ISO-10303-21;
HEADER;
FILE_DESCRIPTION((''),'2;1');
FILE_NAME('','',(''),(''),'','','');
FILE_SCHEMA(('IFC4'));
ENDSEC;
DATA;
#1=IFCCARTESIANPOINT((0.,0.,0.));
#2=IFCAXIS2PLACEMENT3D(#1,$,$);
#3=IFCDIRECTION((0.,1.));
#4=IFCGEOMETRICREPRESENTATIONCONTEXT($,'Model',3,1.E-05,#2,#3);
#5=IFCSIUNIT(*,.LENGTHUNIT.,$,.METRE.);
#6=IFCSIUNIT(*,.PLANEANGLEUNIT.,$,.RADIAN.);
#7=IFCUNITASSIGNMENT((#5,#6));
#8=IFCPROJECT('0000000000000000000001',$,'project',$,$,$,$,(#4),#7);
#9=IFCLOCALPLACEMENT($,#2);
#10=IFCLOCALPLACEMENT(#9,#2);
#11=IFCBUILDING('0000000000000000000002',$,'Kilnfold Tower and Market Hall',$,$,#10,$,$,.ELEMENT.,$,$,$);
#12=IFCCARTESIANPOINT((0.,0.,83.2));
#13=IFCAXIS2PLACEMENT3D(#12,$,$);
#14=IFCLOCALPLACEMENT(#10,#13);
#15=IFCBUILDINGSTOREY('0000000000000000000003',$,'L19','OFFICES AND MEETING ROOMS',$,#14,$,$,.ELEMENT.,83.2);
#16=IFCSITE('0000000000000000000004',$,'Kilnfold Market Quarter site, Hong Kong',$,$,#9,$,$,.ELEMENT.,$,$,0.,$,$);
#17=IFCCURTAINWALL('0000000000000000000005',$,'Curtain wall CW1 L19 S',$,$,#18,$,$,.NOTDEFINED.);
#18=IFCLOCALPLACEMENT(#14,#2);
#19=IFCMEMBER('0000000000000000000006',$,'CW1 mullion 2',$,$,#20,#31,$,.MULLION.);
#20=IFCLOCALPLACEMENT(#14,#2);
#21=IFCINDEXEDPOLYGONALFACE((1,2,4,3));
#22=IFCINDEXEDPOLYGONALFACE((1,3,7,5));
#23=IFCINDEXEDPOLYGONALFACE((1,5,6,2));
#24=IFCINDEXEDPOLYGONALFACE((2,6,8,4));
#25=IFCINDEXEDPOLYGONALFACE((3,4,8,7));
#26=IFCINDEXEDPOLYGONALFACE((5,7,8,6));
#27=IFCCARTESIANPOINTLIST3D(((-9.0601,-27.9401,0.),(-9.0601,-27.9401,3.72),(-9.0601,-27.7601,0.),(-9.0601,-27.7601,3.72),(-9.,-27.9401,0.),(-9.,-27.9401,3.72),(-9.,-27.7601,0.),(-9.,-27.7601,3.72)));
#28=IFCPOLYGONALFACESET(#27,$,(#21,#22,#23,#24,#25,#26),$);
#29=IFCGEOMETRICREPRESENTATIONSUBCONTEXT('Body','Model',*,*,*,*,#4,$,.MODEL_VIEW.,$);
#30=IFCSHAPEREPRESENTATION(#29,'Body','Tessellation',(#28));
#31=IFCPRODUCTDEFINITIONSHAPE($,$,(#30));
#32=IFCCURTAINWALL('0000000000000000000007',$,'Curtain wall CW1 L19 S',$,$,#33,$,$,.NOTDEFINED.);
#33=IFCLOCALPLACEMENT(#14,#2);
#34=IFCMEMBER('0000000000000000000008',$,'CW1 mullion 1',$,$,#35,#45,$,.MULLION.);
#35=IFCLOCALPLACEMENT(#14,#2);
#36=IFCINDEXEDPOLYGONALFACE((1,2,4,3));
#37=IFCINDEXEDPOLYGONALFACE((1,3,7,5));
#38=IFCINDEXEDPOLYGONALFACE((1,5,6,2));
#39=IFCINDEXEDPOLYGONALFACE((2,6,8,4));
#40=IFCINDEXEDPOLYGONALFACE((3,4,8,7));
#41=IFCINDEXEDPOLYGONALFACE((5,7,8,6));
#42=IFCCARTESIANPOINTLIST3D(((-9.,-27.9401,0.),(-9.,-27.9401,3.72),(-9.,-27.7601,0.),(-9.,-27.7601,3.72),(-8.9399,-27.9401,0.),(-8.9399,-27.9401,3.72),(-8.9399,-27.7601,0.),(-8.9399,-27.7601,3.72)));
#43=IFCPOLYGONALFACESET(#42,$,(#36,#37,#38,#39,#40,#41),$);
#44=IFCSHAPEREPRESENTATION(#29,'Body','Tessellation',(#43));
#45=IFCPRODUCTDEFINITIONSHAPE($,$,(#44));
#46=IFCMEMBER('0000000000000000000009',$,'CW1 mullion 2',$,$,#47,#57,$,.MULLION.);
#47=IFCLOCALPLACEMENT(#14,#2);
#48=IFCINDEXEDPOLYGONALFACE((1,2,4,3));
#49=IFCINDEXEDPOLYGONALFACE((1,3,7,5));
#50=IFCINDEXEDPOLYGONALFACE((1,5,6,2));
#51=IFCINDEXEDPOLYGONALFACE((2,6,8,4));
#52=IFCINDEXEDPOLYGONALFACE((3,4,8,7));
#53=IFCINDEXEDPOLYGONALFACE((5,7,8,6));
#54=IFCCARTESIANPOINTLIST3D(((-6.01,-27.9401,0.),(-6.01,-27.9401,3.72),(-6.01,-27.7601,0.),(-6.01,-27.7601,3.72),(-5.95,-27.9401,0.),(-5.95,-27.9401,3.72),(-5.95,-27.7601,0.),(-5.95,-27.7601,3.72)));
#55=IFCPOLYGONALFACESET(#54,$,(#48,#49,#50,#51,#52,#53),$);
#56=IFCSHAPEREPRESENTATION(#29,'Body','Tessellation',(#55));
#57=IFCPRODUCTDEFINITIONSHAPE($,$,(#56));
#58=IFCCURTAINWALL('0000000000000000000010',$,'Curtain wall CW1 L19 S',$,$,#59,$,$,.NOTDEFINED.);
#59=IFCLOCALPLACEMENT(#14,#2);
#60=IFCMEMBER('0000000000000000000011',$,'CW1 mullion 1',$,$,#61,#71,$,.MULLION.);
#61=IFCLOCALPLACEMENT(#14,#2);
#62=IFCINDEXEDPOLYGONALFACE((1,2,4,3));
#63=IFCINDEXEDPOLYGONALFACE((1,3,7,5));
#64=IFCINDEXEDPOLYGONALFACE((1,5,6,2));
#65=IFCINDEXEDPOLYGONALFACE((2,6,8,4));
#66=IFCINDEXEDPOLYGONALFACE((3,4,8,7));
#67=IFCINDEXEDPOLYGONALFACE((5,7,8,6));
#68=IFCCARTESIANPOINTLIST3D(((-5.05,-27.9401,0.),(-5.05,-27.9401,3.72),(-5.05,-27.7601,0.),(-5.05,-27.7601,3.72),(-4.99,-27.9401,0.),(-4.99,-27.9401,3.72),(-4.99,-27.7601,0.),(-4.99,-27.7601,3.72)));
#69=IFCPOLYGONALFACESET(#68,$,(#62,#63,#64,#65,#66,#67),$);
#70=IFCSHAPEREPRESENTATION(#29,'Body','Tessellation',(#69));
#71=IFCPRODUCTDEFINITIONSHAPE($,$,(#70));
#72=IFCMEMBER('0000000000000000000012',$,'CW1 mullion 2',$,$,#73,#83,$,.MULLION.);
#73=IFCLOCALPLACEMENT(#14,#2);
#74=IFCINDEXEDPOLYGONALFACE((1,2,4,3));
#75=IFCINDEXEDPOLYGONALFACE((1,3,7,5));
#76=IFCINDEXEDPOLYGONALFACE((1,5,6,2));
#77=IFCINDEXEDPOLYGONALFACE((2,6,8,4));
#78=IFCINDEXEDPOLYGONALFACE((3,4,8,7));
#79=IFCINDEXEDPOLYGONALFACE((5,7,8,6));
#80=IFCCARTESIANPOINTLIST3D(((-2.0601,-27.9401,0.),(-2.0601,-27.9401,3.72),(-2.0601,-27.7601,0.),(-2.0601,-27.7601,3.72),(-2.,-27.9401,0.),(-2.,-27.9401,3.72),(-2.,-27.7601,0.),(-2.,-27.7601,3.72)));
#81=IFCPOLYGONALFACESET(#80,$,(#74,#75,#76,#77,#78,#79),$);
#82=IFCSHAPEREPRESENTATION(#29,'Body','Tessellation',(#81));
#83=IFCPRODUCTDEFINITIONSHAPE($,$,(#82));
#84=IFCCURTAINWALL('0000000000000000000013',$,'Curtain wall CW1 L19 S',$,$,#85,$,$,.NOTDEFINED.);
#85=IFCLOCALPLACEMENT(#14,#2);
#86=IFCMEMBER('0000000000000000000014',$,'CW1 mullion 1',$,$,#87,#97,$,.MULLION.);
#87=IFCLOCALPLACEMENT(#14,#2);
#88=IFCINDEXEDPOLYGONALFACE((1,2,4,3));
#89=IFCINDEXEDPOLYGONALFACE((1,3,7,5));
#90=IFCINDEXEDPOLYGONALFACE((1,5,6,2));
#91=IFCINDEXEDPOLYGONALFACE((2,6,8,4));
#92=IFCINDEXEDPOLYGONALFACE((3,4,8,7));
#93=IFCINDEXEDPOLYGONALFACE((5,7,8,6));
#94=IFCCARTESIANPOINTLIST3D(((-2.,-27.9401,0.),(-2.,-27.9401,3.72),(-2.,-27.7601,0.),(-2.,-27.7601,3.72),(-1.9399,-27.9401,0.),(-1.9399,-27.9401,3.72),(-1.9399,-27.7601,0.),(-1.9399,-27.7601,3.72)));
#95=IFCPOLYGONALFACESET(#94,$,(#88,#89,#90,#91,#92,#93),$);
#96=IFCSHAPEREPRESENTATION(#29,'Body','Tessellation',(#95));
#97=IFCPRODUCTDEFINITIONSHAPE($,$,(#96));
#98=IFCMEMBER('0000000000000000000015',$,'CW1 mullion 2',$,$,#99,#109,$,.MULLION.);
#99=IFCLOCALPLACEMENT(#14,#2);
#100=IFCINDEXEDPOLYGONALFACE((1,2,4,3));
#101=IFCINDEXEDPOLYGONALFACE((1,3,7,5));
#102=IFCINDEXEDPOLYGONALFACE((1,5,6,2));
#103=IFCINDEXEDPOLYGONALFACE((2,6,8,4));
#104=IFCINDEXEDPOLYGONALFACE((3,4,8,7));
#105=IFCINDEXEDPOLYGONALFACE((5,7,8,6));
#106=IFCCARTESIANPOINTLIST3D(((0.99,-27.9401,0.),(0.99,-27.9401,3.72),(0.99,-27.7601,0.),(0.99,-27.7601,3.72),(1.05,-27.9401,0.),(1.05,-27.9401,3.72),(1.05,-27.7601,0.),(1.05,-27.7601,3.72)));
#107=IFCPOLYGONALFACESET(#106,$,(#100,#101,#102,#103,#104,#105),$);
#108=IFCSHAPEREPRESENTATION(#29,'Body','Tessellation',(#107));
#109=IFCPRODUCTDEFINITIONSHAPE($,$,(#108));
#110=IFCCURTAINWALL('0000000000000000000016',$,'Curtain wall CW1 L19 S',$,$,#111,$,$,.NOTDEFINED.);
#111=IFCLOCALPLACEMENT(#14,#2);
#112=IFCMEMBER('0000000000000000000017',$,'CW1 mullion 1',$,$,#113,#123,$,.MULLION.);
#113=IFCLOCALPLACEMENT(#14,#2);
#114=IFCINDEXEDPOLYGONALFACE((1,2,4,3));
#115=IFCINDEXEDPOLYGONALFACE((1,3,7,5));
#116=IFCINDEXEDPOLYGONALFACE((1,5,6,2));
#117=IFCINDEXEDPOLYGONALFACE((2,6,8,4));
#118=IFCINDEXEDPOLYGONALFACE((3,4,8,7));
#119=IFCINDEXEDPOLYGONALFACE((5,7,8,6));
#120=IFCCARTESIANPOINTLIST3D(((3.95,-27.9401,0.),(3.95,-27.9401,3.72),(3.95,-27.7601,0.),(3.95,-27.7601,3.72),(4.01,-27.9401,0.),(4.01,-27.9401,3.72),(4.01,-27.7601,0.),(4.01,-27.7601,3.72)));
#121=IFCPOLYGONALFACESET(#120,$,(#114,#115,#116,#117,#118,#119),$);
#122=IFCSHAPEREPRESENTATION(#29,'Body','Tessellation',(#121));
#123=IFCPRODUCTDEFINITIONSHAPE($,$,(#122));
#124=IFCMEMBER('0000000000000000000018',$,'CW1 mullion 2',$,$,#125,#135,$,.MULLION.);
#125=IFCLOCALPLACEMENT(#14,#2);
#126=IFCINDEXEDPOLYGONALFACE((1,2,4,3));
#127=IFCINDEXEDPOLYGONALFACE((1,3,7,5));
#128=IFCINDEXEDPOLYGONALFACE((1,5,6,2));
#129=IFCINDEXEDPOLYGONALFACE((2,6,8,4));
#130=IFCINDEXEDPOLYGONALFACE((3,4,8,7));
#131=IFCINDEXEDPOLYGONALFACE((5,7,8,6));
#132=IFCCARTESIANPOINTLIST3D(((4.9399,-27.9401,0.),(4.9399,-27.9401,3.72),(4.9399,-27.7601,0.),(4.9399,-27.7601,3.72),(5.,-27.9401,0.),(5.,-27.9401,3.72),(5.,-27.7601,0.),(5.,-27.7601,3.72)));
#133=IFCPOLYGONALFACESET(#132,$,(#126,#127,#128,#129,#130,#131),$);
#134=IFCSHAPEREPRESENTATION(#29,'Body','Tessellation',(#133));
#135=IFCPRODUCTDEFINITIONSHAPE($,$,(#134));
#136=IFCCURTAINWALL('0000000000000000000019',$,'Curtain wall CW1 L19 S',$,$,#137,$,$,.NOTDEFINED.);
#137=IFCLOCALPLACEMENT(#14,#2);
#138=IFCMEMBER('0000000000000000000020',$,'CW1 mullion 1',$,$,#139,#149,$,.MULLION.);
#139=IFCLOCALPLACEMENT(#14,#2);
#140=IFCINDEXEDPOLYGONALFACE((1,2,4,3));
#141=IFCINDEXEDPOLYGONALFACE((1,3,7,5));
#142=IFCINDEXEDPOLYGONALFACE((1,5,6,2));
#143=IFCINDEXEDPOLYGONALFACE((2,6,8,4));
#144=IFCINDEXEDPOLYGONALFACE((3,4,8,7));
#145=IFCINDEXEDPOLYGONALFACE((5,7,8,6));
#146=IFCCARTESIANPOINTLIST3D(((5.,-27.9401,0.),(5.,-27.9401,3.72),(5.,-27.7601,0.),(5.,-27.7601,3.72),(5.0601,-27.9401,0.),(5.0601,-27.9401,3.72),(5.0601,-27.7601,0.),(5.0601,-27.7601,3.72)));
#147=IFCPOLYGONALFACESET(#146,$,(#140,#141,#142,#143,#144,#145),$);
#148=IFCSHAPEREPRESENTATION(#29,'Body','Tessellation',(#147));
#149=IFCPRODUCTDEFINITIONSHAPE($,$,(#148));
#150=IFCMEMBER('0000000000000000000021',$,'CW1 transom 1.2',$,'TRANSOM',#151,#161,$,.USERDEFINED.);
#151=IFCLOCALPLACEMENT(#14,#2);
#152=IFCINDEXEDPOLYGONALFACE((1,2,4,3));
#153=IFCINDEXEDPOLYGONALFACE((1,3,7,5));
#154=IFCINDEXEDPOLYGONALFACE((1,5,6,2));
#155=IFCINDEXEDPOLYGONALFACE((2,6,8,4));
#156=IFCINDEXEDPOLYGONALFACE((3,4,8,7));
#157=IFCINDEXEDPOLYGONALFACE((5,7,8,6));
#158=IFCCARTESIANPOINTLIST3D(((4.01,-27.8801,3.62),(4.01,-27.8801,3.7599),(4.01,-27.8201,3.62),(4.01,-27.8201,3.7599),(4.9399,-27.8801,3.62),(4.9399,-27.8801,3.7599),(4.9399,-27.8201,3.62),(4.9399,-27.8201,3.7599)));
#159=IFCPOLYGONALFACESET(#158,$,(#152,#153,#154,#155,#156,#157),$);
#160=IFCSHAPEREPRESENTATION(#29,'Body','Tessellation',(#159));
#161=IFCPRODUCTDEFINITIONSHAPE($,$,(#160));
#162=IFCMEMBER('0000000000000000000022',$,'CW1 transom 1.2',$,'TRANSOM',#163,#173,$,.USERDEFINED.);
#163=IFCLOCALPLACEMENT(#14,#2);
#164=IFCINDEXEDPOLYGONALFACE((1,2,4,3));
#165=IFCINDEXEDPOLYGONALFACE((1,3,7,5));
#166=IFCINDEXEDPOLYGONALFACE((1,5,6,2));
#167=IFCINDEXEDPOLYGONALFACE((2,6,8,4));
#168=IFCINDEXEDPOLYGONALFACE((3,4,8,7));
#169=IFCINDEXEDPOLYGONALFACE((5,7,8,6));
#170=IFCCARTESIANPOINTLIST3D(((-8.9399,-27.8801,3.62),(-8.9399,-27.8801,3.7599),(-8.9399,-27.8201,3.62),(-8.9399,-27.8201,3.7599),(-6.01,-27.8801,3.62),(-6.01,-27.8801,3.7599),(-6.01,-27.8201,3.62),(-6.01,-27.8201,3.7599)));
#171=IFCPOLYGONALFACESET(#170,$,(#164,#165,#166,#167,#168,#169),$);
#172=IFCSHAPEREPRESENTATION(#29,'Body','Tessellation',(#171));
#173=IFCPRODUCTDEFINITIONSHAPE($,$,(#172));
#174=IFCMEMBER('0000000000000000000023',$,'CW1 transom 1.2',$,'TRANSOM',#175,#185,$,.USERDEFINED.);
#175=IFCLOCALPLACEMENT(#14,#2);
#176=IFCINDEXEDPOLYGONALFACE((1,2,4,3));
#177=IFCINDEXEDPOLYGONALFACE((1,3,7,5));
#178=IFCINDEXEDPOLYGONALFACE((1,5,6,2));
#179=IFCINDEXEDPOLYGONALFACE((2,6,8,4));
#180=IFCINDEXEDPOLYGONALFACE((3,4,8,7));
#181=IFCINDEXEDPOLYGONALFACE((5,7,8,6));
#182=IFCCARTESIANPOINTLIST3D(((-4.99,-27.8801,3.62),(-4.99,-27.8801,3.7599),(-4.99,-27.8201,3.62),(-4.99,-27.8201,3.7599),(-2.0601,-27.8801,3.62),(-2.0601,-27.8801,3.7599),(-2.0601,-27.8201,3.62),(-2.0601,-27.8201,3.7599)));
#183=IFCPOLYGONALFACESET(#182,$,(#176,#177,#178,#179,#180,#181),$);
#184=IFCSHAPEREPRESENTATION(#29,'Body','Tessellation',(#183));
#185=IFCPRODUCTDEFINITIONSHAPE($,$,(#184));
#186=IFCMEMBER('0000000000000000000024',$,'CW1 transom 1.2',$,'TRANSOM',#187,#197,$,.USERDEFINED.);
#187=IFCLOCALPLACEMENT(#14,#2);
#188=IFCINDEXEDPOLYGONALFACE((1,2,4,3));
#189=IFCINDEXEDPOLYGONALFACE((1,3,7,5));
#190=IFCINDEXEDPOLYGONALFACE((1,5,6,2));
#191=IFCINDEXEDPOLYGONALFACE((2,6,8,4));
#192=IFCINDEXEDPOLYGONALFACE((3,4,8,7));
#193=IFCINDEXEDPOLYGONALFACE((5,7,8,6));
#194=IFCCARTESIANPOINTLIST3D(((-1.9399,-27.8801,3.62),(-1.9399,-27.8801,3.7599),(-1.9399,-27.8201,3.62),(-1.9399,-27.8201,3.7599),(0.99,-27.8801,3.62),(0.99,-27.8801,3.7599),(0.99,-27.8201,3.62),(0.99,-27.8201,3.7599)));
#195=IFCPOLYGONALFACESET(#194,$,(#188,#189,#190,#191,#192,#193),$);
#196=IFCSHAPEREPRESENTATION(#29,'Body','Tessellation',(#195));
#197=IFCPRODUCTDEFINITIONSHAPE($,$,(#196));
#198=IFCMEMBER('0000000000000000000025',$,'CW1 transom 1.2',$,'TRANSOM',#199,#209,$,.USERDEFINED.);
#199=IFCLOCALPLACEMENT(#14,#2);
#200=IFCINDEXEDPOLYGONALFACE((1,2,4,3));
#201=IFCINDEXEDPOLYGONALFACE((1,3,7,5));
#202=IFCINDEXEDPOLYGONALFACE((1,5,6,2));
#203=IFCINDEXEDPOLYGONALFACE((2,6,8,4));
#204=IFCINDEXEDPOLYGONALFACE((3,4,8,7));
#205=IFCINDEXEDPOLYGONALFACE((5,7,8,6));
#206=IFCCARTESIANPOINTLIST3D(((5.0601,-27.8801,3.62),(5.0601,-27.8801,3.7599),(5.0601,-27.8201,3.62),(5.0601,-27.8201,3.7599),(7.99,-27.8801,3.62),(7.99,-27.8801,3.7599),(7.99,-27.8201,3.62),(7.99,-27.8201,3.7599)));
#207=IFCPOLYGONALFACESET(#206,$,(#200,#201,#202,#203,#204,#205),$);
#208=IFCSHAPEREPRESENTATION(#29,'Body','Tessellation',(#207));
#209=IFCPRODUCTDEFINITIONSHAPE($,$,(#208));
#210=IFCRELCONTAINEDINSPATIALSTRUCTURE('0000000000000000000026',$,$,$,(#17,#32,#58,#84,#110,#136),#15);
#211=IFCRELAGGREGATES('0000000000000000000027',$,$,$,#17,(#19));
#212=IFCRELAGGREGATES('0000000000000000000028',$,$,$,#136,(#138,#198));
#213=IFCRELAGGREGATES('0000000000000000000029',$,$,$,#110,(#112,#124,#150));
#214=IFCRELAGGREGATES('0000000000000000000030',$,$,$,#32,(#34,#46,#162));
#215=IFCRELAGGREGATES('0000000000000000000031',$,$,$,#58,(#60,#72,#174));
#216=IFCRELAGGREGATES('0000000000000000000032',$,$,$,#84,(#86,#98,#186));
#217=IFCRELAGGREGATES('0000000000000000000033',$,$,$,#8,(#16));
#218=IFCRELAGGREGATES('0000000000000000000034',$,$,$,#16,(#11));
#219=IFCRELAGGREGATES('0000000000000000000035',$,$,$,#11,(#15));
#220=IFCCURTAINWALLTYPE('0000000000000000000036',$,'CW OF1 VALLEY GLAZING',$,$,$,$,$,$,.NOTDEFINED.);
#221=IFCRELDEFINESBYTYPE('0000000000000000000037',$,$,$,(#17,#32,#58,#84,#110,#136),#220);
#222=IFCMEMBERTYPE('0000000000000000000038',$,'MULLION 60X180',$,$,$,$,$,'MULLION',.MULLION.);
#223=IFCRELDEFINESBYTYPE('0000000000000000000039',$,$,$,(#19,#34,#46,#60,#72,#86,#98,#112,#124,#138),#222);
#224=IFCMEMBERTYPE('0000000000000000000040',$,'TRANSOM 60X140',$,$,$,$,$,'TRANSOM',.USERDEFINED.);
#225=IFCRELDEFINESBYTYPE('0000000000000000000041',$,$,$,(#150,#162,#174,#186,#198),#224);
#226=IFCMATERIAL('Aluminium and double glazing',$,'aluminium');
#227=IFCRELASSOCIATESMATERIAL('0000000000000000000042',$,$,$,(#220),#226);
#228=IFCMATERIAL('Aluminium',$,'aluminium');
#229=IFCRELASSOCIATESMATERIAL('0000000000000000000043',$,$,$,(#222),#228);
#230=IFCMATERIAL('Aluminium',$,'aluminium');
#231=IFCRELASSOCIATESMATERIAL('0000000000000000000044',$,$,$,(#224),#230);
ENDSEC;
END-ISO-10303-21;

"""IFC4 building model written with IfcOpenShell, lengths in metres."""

from ifc_helpers import new_model, si_unit, direction, frame, origin, origin_2d, place, context, subcontext, project, spatial, rectangle, extrude, source, transform, mapped, material, material_profile, profile_set, type_object, element, aggregate, save


model = new_model("IFC4")

# Units and contexts
model_context = context("Model", 3, precision=1e-05, world=origin(), true_north=direction((0.0, 1.0)))
body_context = subcontext(model_context, "Body", "Model", "MODEL_VIEW")
ifc_project = project(units=[si_unit("LENGTHUNIT", "METRE"), si_unit("PLANEANGLEUNIT", "RADIAN")], contexts=[model_context])

# Site, building, storey
site_placement = place(None, origin())
site = spatial("IfcSite", under=ifc_project, at=site_placement, Name="Kilnfold Market Quarter site, Hong Kong", CompositionType="ELEMENT", RefElevation=0.0)
building_placement = place(site_placement, origin())
building = spatial("IfcBuilding", under=site, at=building_placement, Name="Kilnfold Tower and Market Hall", CompositionType="ELEMENT")
storey_placement = place(building_placement, frame((0.0, 0.0, 83.2)))
storey = spatial("IfcBuildingStorey", under=building, at=storey_placement, Name="L19", Description="OFFICES AND MEETING ROOMS", CompositionType="ELEMENT", Elevation=83.2)

# Curtain wall, member
ifc_material_1 = material(Name="Aluminium and double glazing", Category="aluminium")
curtain_wall_type = type_object("IfcCurtainWallType", Name="CW OF1 VALLEY GLAZING", PredefinedType="NOTDEFINED", material=ifc_material_1)
curtain_wall_1_placement = place(storey_placement, origin())
curtain_wall_1 = element("IfcCurtainWall", 1, at=curtain_wall_1_placement, inside=storey, type_object=curtain_wall_type, Name="Curtain wall CW1 L19 S", PredefinedType="NOTDEFINED")
ifc_material_2 = material(Name="Aluminium", Category="aluminium")
ifc_material_profile_1 = material_profile(ifc_material_2, rectangle(XDim=0.0601, YDim=0.1799, at=origin_2d()), Name="MULLION 60x180")
ifc_profile_set_1 = profile_set([ifc_material_profile_1], Name="Aluminium")
member_type_1 = type_object("IfcMemberType", Name="MULLION 60X180", ElementType="MULLION", PredefinedType="MULLION", material=ifc_profile_set_1)
shared_shape_1 = source(origin(), body_context, "Body", "SweptSolid", [
    extrude(rectangle(XDim=0.0601, YDim=0.1799, at=origin_2d()), origin(), (0.0, 0.0, 1.0), 3.72),
])
member_1_placement = place(storey_placement, frame((-9.03, -27.8501, 0.0), z_axis=(0.0, 0.0, 1.0), x_axis=(1.0, 0.0, 0.0)))
member_1 = element("IfcMember", 2, at=member_1_placement, type_object=member_type_1, Name="CW1 mullion 2", PredefinedType="MULLION", context=body_context, shape_type="MappedRepresentation", body=[
    mapped(shared_shape_1, transform((0.0, 0.0, 0.0))),
])
aggregate(curtain_wall_1, [member_1])

# Curtain walls, members
curtain_wall_2_placement = place(storey_placement, origin())
curtain_wall_2 = element("IfcCurtainWall", 3, at=curtain_wall_2_placement, inside=storey, type_object=curtain_wall_type, Name="Curtain wall CW1 L19 S", PredefinedType="NOTDEFINED")
member_2_placement = place(storey_placement, frame((-8.97, -27.8501, 0.0), z_axis=(0.0, 0.0, 1.0), x_axis=(1.0, 0.0, 0.0)))
member_2 = element("IfcMember", 4, at=member_2_placement, type_object=member_type_1, Name="CW1 mullion 1", PredefinedType="MULLION", context=body_context, shape_type="MappedRepresentation", body=[
    mapped(shared_shape_1, transform((0.0, 0.0, 0.0))),
])
member_3_placement = place(storey_placement, frame((-5.98, -27.8501, 0.0), z_axis=(0.0, 0.0, 1.0), x_axis=(1.0, 0.0, 0.0)))
member_3 = element("IfcMember", 5, at=member_3_placement, type_object=member_type_1, Name="CW1 mullion 2", PredefinedType="MULLION", context=body_context, shape_type="MappedRepresentation", body=[
    mapped(shared_shape_1, transform((0.0, 0.0, 0.0))),
])
curtain_wall_3_placement = place(storey_placement, origin())
curtain_wall_3 = element("IfcCurtainWall", 6, at=curtain_wall_3_placement, inside=storey, type_object=curtain_wall_type, Name="Curtain wall CW1 L19 S", PredefinedType="NOTDEFINED")
member_4_placement = place(storey_placement, frame((-5.02, -27.8501, 0.0), z_axis=(0.0, 0.0, 1.0), x_axis=(1.0, 0.0, 0.0)))
member_4 = element("IfcMember", 7, at=member_4_placement, type_object=member_type_1, Name="CW1 mullion 1", PredefinedType="MULLION", context=body_context, shape_type="MappedRepresentation", body=[
    mapped(shared_shape_1, transform((0.0, 0.0, 0.0))),
])
member_5_placement = place(storey_placement, frame((-2.03, -27.8501, 0.0), z_axis=(0.0, 0.0, 1.0), x_axis=(1.0, 0.0, 0.0)))
member_5 = element("IfcMember", 8, at=member_5_placement, type_object=member_type_1, Name="CW1 mullion 2", PredefinedType="MULLION", context=body_context, shape_type="MappedRepresentation", body=[
    mapped(shared_shape_1, transform((0.0, 0.0, 0.0))),
])
curtain_wall_4_placement = place(storey_placement, origin())
curtain_wall_4 = element("IfcCurtainWall", 9, at=curtain_wall_4_placement, inside=storey, type_object=curtain_wall_type, Name="Curtain wall CW1 L19 S", PredefinedType="NOTDEFINED")
member_6_placement = place(storey_placement, frame((-1.97, -27.8501, 0.0), z_axis=(0.0, 0.0, 1.0), x_axis=(1.0, 0.0, 0.0)))
member_6 = element("IfcMember", 10, at=member_6_placement, type_object=member_type_1, Name="CW1 mullion 1", PredefinedType="MULLION", context=body_context, shape_type="MappedRepresentation", body=[
    mapped(shared_shape_1, transform((0.0, 0.0, 0.0))),
])
member_7_placement = place(storey_placement, frame((1.02, -27.8501, 0.0), z_axis=(0.0, 0.0, 1.0), x_axis=(1.0, 0.0, 0.0)))
member_7 = element("IfcMember", 11, at=member_7_placement, type_object=member_type_1, Name="CW1 mullion 2", PredefinedType="MULLION", context=body_context, shape_type="MappedRepresentation", body=[
    mapped(shared_shape_1, transform((0.0, 0.0, 0.0))),
])
curtain_wall_5_placement = place(storey_placement, origin())
curtain_wall_5 = element("IfcCurtainWall", 12, at=curtain_wall_5_placement, inside=storey, type_object=curtain_wall_type, Name="Curtain wall CW1 L19 S", PredefinedType="NOTDEFINED")
member_8_placement = place(storey_placement, frame((3.98, -27.8501, 0.0), z_axis=(0.0, 0.0, 1.0), x_axis=(1.0, 0.0, 0.0)))
member_8 = element("IfcMember", 13, at=member_8_placement, type_object=member_type_1, Name="CW1 mullion 1", PredefinedType="MULLION", context=body_context, shape_type="MappedRepresentation", body=[
    mapped(shared_shape_1, transform((0.0, 0.0, 0.0))),
])
member_9_placement = place(storey_placement, frame((4.97, -27.8501, 0.0), z_axis=(0.0, 0.0, 1.0), x_axis=(1.0, 0.0, 0.0)))
member_9 = element("IfcMember", 14, at=member_9_placement, type_object=member_type_1, Name="CW1 mullion 2", PredefinedType="MULLION", context=body_context, shape_type="MappedRepresentation", body=[
    mapped(shared_shape_1, transform((0.0, 0.0, 0.0))),
])

# Curtain wall, member
curtain_wall_6_placement = place(storey_placement, origin())
curtain_wall_6 = element("IfcCurtainWall", 15, at=curtain_wall_6_placement, inside=storey, type_object=curtain_wall_type, Name="Curtain wall CW1 L19 S", PredefinedType="NOTDEFINED")
member_10_placement = place(storey_placement, frame((5.03, -27.8501, 0.0), z_axis=(0.0, 0.0, 1.0), x_axis=(1.0, 0.0, 0.0)))
member_10 = element("IfcMember", 16, at=member_10_placement, type_object=member_type_1, Name="CW1 mullion 1", PredefinedType="MULLION", context=body_context, shape_type="MappedRepresentation", body=[
    mapped(shared_shape_1, transform((0.0, 0.0, 0.0))),
])

# Members
ifc_material_3 = material(Name="Aluminium", Category="aluminium")
ifc_material_profile_2 = material_profile(ifc_material_3, rectangle(XDim=0.0601, YDim=0.1399, at=origin_2d()), Name="TRANSOM 60x140")
ifc_profile_set_2 = profile_set([ifc_material_profile_2], Name="Aluminium")
member_type_2 = type_object("IfcMemberType", Name="TRANSOM 60X140", ElementType="TRANSOM", PredefinedType="USERDEFINED", material=ifc_profile_set_2)
shared_shape_2 = source(origin(), body_context, "Body", "SweptSolid", [
    extrude(rectangle(XDim=0.0601, YDim=0.1399, at=origin_2d()), origin(), (0.0, 0.0, 1.0), 0.9299),
])
member_11_placement = place(storey_placement, frame((4.01, -27.8501, 3.6899), z_axis=(1.0, 0.0, 0.0), x_axis=(0.0, 1.0, 0.0)))
member_11 = element("IfcMember", 17, at=member_11_placement, type_object=member_type_2, Name="CW1 transom 1.2", ObjectType="TRANSOM", PredefinedType="USERDEFINED", context=body_context, shape_type="MappedRepresentation", body=[
    mapped(shared_shape_2, transform((0.0, 0.0, 0.0))),
])
shared_shape_3 = source(origin(), body_context, "Body", "SweptSolid", [
    extrude(rectangle(XDim=0.0601, YDim=0.1399, at=origin_2d()), origin(), (0.0, 0.0, 1.0), 2.9299),
])
member_12_placement = place(storey_placement, frame((-8.9399, -27.8501, 3.6899), z_axis=(1.0, 0.0, 0.0), x_axis=(0.0, 1.0, 0.0)))
member_12 = element("IfcMember", 18, at=member_12_placement, type_object=member_type_2, Name="CW1 transom 1.2", ObjectType="TRANSOM", PredefinedType="USERDEFINED", context=body_context, shape_type="MappedRepresentation", body=[
    mapped(shared_shape_3, transform((0.0, 0.0, 0.0))),
])
member_13_placement = place(storey_placement, frame((-4.99, -27.8501, 3.6899), z_axis=(1.0, 0.0, 0.0), x_axis=(0.0, 1.0, 0.0)))
member_13 = element("IfcMember", 19, at=member_13_placement, type_object=member_type_2, Name="CW1 transom 1.2", ObjectType="TRANSOM", PredefinedType="USERDEFINED", context=body_context, shape_type="MappedRepresentation", body=[
    mapped(shared_shape_3, transform((0.0, 0.0, 0.0))),
])
member_14_placement = place(storey_placement, frame((-1.9399, -27.8501, 3.6899), z_axis=(1.0, 0.0, 0.0), x_axis=(0.0, 1.0, 0.0)))
member_14 = element("IfcMember", 20, at=member_14_placement, type_object=member_type_2, Name="CW1 transom 1.2", ObjectType="TRANSOM", PredefinedType="USERDEFINED", context=body_context, shape_type="MappedRepresentation", body=[
    mapped(shared_shape_3, transform((0.0, 0.0, 0.0))),
])
member_15_placement = place(storey_placement, frame((5.0601, -27.8501, 3.6899), z_axis=(1.0, 0.0, 0.0), x_axis=(0.0, 1.0, 0.0)))
member_15 = element("IfcMember", 21, at=member_15_placement, type_object=member_type_2, Name="CW1 transom 1.2", ObjectType="TRANSOM", PredefinedType="USERDEFINED", context=body_context, shape_type="MappedRepresentation", body=[
    mapped(shared_shape_3, transform((0.0, 0.0, 0.0))),
])
aggregate(curtain_wall_6, [member_10, member_15])

aggregate(curtain_wall_5, [member_8, member_9, member_11])
aggregate(curtain_wall_2, [member_2, member_3, member_12])
aggregate(curtain_wall_3, [member_4, member_5, member_13])
aggregate(curtain_wall_4, [member_6, member_7, member_14])

save(model, "model.ifc")
